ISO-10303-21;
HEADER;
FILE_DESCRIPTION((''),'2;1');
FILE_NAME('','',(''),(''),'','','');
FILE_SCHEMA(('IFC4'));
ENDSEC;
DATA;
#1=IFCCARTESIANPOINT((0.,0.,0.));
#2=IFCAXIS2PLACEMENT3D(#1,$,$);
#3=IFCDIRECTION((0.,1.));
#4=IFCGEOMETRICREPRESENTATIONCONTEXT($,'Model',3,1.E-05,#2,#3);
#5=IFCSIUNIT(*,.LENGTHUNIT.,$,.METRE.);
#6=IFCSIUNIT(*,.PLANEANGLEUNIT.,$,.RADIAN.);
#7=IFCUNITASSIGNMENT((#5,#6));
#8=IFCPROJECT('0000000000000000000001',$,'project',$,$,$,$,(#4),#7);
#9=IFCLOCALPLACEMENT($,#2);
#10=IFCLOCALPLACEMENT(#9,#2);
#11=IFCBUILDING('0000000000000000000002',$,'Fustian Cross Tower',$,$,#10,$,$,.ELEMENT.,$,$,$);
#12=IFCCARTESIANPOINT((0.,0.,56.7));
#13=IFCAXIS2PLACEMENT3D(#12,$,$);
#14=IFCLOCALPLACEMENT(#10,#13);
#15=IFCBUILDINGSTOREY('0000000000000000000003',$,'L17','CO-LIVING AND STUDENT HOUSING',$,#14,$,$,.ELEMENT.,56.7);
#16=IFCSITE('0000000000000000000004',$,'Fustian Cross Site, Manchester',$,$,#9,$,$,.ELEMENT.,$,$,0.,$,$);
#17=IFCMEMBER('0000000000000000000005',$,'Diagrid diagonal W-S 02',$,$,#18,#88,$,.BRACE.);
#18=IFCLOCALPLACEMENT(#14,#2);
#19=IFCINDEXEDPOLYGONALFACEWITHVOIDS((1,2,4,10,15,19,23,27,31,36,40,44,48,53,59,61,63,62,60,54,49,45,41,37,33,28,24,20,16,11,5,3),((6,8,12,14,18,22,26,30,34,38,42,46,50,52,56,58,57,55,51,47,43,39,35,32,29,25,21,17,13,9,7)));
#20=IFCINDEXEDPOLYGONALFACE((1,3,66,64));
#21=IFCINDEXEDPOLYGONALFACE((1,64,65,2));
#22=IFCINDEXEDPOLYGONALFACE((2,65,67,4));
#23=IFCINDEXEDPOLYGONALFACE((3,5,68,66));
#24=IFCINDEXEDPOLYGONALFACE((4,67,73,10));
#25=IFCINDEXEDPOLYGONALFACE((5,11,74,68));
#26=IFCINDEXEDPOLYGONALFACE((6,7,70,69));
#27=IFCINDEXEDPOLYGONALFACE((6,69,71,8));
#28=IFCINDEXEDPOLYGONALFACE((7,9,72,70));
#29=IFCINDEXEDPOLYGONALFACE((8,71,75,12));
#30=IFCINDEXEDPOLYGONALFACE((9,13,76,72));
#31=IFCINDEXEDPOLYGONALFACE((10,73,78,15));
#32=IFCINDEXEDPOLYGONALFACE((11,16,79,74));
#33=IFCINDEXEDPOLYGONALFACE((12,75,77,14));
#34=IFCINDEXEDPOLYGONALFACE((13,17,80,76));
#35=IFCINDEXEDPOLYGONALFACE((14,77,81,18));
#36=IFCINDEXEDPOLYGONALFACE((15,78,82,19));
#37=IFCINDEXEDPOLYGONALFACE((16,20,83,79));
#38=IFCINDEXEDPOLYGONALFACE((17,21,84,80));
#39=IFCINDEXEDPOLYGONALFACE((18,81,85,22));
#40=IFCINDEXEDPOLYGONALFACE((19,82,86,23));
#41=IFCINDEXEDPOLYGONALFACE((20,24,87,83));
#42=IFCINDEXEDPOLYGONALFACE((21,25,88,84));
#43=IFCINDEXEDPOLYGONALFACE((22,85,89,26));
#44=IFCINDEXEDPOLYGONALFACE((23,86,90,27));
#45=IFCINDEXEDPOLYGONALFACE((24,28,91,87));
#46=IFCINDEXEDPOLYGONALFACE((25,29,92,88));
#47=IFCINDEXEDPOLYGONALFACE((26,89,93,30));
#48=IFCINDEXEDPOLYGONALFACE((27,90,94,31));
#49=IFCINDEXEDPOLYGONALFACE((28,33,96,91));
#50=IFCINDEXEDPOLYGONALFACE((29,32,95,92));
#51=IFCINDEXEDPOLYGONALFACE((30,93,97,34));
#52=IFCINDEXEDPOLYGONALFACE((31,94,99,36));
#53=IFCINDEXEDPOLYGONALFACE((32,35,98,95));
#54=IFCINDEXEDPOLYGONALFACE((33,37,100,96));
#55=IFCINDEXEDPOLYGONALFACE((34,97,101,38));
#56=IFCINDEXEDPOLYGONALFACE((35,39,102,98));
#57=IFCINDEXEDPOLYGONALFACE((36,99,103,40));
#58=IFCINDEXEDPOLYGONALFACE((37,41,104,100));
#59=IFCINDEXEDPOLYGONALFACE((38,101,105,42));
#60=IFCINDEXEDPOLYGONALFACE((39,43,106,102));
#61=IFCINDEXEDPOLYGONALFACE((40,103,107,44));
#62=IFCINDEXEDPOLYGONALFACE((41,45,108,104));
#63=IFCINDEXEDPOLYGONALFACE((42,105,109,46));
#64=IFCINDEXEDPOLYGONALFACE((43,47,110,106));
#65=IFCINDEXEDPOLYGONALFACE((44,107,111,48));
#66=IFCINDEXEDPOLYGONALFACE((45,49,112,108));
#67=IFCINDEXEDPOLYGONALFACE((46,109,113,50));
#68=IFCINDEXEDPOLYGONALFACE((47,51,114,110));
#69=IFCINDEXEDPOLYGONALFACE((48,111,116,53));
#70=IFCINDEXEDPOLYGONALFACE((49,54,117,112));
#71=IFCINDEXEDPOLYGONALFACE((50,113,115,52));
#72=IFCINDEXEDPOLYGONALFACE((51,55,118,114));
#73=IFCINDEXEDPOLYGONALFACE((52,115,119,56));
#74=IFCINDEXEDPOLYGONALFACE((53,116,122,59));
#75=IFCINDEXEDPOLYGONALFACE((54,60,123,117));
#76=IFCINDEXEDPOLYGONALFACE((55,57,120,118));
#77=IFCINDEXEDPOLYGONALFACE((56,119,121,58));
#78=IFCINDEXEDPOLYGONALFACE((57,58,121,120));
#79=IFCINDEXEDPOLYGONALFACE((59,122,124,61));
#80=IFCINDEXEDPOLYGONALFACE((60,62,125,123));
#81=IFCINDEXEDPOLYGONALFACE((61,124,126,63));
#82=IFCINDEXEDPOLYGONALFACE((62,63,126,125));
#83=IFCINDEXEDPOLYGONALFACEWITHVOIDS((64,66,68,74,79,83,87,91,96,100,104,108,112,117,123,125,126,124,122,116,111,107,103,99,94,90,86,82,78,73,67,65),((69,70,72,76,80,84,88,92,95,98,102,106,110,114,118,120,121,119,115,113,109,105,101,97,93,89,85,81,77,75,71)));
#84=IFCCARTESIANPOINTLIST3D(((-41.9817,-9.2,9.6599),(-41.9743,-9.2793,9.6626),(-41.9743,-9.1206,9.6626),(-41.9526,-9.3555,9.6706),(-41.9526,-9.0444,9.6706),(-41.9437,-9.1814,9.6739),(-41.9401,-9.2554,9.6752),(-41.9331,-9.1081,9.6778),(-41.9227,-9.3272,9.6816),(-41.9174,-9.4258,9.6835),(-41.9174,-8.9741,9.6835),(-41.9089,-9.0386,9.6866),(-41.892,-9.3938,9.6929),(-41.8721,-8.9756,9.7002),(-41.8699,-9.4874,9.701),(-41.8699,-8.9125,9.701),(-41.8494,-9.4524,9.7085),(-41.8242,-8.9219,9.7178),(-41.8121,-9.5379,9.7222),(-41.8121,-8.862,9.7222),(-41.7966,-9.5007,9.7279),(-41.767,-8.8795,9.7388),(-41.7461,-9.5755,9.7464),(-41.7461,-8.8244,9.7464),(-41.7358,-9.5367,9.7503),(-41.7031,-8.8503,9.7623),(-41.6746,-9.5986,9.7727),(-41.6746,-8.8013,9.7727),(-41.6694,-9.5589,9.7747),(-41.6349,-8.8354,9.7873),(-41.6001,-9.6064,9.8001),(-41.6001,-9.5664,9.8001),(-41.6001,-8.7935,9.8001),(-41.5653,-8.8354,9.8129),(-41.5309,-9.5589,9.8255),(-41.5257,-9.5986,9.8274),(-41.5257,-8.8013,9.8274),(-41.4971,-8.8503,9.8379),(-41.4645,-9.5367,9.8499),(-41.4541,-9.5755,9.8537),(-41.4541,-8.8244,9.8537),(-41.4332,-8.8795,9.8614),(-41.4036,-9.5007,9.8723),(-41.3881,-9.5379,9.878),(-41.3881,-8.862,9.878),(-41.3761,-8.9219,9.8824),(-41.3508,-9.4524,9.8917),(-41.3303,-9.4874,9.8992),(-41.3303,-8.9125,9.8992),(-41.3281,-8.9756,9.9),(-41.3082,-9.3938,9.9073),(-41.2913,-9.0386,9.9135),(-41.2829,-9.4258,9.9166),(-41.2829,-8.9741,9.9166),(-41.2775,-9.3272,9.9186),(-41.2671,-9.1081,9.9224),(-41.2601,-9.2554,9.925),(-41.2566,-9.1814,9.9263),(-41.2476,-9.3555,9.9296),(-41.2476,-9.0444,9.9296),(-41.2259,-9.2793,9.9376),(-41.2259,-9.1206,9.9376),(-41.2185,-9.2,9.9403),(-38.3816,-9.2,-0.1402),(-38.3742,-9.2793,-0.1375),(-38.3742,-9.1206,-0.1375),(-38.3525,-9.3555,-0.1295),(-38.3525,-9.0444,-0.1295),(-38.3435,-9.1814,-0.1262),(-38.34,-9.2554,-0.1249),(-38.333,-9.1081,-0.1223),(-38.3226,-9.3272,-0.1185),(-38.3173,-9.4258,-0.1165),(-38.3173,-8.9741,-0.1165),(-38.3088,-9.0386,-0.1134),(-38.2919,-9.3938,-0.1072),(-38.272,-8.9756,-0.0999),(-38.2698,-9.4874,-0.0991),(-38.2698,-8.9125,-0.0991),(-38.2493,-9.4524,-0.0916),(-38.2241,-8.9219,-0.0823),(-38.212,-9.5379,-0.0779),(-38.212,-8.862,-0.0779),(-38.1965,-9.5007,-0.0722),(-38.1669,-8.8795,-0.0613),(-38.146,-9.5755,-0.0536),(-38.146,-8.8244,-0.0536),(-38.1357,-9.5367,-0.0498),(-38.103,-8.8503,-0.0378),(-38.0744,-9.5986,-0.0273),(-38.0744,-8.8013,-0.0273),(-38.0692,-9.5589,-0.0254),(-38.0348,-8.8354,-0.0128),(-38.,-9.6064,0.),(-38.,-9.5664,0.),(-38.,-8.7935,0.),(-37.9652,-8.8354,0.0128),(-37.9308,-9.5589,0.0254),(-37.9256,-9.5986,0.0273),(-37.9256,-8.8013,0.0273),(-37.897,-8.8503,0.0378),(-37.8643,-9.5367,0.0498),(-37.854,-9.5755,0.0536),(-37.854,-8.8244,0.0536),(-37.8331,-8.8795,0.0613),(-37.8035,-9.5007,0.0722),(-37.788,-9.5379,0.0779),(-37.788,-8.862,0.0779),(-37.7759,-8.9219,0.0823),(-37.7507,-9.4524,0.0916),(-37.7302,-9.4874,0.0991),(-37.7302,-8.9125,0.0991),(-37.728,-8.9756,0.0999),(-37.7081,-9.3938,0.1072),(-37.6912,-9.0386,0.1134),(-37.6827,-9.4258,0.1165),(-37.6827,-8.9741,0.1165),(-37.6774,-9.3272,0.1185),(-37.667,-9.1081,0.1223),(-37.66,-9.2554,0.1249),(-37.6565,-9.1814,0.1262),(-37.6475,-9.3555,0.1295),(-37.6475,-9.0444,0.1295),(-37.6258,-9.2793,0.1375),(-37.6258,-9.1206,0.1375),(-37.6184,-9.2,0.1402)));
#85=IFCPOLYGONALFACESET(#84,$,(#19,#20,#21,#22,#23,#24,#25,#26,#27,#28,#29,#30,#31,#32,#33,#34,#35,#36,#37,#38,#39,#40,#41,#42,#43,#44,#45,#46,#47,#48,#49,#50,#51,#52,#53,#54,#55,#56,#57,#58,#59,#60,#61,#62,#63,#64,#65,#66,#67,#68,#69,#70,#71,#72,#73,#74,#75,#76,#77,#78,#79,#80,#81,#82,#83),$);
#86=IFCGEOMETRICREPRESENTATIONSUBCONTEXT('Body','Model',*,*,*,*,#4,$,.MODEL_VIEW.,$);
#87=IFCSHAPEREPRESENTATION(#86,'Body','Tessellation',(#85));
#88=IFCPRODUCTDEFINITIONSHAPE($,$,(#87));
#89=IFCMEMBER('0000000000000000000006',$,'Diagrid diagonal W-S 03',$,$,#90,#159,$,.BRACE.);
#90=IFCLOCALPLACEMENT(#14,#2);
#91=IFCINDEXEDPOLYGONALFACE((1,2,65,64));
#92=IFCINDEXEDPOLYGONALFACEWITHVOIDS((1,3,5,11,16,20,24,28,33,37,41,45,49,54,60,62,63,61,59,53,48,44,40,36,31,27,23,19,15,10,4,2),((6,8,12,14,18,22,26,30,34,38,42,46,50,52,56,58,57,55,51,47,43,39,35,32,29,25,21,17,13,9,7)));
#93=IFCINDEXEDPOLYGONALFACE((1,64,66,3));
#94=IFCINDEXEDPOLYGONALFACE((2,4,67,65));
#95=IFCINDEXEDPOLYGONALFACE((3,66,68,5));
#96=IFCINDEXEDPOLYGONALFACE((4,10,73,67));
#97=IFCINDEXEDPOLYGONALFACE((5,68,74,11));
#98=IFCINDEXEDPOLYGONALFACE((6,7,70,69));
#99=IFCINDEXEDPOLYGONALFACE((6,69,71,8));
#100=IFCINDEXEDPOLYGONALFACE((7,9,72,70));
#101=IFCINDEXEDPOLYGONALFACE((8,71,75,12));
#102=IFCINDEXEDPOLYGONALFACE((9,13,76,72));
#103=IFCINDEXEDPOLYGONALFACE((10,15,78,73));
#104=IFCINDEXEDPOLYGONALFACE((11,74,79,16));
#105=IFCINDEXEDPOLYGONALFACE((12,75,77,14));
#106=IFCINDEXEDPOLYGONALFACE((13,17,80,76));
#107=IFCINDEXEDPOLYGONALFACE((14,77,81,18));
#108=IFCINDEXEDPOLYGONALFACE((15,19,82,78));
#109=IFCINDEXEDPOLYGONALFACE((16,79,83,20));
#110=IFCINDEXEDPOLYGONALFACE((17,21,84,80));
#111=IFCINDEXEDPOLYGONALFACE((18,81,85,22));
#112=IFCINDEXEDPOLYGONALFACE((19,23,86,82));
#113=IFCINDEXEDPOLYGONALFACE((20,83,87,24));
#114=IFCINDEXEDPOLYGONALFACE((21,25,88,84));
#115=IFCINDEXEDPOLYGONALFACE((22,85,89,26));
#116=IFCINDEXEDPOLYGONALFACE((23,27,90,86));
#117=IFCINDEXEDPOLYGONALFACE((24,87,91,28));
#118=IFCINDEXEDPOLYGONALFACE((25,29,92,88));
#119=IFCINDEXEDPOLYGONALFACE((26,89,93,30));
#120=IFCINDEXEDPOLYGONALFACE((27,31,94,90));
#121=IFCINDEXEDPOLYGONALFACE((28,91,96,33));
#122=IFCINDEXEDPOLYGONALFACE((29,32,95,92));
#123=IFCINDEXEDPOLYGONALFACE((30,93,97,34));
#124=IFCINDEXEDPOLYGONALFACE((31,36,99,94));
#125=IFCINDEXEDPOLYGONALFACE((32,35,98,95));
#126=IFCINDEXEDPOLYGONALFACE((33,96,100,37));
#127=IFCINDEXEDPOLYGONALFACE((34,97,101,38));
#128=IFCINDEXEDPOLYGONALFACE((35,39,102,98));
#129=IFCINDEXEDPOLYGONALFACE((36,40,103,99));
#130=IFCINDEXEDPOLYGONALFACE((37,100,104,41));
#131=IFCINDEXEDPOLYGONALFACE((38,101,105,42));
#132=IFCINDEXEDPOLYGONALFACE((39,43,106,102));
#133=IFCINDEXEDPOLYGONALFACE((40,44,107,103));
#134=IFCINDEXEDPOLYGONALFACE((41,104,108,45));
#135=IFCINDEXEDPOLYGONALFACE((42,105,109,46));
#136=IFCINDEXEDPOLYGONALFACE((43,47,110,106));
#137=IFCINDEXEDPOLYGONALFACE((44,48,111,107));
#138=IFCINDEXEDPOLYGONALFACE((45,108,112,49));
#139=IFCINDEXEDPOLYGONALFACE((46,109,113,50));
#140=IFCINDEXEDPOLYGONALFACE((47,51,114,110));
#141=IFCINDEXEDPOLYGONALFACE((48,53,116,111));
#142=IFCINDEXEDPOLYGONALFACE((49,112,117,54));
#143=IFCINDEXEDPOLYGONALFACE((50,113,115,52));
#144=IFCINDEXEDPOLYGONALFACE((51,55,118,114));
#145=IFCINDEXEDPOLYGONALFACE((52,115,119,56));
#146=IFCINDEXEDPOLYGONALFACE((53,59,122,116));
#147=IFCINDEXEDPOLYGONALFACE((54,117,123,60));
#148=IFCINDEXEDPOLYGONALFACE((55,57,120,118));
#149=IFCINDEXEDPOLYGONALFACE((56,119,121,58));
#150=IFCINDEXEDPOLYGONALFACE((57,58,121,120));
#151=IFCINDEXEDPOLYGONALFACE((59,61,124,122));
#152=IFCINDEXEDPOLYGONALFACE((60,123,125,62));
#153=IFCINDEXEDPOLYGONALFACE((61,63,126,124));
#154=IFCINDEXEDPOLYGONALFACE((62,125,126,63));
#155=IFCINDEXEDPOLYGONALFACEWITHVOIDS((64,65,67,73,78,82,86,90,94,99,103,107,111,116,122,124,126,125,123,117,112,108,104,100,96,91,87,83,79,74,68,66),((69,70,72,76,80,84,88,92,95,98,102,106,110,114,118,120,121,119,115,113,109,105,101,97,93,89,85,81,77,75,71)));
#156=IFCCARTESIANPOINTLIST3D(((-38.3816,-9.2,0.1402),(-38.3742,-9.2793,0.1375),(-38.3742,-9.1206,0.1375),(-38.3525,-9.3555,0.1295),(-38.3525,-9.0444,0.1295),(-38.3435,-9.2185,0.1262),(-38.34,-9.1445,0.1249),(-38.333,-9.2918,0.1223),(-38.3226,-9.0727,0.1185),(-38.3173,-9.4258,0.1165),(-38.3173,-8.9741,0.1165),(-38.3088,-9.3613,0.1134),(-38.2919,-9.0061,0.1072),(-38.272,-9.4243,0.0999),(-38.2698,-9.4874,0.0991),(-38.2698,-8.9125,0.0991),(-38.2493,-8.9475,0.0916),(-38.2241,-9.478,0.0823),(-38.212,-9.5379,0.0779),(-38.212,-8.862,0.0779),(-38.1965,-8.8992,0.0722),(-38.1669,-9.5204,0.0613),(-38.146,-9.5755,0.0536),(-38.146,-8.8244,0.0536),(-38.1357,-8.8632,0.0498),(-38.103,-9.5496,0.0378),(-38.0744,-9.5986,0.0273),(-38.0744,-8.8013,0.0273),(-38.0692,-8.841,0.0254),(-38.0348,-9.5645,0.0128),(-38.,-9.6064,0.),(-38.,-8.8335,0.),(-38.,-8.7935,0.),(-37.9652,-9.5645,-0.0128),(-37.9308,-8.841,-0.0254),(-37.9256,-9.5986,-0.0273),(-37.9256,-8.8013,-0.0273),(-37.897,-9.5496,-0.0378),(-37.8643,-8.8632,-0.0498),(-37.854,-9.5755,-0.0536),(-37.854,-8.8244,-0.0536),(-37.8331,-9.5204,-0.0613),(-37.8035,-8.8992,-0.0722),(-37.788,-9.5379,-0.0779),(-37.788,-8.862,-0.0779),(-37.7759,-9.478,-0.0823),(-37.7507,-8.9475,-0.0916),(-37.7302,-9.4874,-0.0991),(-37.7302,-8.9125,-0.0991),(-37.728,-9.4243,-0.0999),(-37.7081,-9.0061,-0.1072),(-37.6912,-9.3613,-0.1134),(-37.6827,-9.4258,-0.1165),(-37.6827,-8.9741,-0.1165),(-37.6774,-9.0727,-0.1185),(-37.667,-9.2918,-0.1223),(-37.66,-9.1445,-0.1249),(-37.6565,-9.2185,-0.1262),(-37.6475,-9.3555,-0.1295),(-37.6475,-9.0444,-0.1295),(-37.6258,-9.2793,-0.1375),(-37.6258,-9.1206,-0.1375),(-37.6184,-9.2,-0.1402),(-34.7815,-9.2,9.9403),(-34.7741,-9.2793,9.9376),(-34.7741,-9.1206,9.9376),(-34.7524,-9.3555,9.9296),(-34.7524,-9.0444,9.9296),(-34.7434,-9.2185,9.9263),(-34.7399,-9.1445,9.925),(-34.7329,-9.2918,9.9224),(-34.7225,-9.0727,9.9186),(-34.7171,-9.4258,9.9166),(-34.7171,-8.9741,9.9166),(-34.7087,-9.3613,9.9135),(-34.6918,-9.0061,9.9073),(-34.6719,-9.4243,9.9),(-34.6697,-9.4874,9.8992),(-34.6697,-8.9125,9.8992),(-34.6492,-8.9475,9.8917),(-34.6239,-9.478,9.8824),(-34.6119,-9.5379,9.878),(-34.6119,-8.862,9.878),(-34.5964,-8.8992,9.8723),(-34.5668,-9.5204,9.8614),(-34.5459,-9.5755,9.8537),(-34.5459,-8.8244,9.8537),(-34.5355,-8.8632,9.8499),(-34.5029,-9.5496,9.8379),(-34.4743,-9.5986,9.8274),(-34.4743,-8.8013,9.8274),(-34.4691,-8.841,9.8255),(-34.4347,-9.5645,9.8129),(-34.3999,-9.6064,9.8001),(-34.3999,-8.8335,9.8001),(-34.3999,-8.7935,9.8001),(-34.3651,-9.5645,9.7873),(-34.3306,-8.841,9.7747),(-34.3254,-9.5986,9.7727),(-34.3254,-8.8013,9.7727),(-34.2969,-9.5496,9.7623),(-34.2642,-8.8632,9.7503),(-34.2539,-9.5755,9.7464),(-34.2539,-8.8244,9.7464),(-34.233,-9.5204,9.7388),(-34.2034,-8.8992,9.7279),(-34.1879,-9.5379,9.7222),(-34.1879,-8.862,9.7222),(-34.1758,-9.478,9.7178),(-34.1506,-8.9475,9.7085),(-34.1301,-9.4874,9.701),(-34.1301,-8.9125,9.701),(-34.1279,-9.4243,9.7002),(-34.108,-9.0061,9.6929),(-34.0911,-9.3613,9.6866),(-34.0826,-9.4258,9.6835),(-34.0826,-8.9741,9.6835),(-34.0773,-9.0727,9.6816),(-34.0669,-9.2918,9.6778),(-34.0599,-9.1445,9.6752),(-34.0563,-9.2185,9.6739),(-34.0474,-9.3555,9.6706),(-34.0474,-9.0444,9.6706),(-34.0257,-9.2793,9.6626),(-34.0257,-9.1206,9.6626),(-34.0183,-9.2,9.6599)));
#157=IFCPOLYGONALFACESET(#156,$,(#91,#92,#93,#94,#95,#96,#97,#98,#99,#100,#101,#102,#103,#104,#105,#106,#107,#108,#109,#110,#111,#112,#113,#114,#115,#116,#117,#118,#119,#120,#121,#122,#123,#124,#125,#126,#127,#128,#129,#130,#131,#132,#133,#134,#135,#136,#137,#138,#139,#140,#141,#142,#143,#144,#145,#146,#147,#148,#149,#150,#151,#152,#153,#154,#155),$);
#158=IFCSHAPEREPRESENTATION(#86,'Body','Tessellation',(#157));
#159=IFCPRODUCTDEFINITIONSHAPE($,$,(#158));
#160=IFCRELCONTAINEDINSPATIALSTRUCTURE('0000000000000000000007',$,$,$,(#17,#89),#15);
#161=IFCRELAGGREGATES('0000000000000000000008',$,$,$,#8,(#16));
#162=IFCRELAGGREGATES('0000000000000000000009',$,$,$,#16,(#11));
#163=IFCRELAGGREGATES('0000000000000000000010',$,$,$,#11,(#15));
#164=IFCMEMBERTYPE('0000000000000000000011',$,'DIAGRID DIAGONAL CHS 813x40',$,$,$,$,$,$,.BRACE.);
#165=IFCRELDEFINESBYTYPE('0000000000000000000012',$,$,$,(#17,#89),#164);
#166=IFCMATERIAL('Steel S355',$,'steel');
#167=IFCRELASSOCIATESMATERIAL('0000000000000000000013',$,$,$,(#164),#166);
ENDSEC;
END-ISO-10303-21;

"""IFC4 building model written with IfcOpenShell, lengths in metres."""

from ifc_helpers import new_model, si_unit, direction, frame, origin, origin_2d, place, context, subcontext, project, spatial, hollow_circle, extrude, material, material_profile, profile_set, type_object, element, save


model = new_model("IFC4")

# Units and contexts
model_context = context("Model", 3, precision=1e-05, world=origin(), true_north=direction((0.0, 1.0)))
body_context = subcontext(model_context, "Body", "Model", "MODEL_VIEW")
ifc_project = project(units=[si_unit("LENGTHUNIT", "METRE"), si_unit("PLANEANGLEUNIT", "RADIAN")], contexts=[model_context])

# Site, building, storey
site_placement = place(None, origin())
site = spatial("IfcSite", under=ifc_project, at=site_placement, Name="Fustian Cross Site, Manchester", CompositionType="ELEMENT", RefElevation=0.0)
building_placement = place(site_placement, origin())
building = spatial("IfcBuilding", under=site, at=building_placement, Name="Fustian Cross Tower", CompositionType="ELEMENT")
storey_placement = place(building_placement, frame((0.0, 0.0, 56.7)))
storey = spatial("IfcBuildingStorey", under=building, at=storey_placement, Name="L17", Description="CO-LIVING AND STUDENT HOUSING", CompositionType="ELEMENT", Elevation=56.7)

# Members
ifc_material_1 = material(Name="Steel S355", Category="steel")
ifc_material_profile_1 = material_profile(ifc_material_1, hollow_circle(Radius=0.4065, WallThickness=0.04, at=origin_2d()), Name="CHS 813x40")
ifc_profile_set_1 = profile_set([ifc_material_profile_1], Name="Steel S355")
member_type_1 = type_object("IfcMemberType", Name="DIAGRID DIAGONAL CHS 813x40", PredefinedType="BRACE", material=ifc_profile_set_1)
for number, where, z_axis, x_axis, name in (
    (1, (-38.0, -9.2, 0.0), (-0.344824, 0.0, 0.938667), (0.0, -1.0, 0.0), "Diagrid diagonal W-S 02"),
    (2, (-38.0, -9.2, 0.0), (0.344824, 0.0, 0.938667), (0.0, 1.0, 0.0), "Diagrid diagonal W-S 03"),
):
    element("IfcMember", number, at=place(storey_placement, frame(where, z_axis=z_axis, x_axis=x_axis)), inside=storey, type_object=member_type_1, Name=name, PredefinedType="BRACE", context=body_context, shape_type="SweptSolid", body=[
        extrude(hollow_circle(Radius=0.4065, WallThickness=0.04, at=origin_2d()), origin(), (0.0, 0.0, 1.0), 10.4404),
    ])

save(model, "model.ifc")
